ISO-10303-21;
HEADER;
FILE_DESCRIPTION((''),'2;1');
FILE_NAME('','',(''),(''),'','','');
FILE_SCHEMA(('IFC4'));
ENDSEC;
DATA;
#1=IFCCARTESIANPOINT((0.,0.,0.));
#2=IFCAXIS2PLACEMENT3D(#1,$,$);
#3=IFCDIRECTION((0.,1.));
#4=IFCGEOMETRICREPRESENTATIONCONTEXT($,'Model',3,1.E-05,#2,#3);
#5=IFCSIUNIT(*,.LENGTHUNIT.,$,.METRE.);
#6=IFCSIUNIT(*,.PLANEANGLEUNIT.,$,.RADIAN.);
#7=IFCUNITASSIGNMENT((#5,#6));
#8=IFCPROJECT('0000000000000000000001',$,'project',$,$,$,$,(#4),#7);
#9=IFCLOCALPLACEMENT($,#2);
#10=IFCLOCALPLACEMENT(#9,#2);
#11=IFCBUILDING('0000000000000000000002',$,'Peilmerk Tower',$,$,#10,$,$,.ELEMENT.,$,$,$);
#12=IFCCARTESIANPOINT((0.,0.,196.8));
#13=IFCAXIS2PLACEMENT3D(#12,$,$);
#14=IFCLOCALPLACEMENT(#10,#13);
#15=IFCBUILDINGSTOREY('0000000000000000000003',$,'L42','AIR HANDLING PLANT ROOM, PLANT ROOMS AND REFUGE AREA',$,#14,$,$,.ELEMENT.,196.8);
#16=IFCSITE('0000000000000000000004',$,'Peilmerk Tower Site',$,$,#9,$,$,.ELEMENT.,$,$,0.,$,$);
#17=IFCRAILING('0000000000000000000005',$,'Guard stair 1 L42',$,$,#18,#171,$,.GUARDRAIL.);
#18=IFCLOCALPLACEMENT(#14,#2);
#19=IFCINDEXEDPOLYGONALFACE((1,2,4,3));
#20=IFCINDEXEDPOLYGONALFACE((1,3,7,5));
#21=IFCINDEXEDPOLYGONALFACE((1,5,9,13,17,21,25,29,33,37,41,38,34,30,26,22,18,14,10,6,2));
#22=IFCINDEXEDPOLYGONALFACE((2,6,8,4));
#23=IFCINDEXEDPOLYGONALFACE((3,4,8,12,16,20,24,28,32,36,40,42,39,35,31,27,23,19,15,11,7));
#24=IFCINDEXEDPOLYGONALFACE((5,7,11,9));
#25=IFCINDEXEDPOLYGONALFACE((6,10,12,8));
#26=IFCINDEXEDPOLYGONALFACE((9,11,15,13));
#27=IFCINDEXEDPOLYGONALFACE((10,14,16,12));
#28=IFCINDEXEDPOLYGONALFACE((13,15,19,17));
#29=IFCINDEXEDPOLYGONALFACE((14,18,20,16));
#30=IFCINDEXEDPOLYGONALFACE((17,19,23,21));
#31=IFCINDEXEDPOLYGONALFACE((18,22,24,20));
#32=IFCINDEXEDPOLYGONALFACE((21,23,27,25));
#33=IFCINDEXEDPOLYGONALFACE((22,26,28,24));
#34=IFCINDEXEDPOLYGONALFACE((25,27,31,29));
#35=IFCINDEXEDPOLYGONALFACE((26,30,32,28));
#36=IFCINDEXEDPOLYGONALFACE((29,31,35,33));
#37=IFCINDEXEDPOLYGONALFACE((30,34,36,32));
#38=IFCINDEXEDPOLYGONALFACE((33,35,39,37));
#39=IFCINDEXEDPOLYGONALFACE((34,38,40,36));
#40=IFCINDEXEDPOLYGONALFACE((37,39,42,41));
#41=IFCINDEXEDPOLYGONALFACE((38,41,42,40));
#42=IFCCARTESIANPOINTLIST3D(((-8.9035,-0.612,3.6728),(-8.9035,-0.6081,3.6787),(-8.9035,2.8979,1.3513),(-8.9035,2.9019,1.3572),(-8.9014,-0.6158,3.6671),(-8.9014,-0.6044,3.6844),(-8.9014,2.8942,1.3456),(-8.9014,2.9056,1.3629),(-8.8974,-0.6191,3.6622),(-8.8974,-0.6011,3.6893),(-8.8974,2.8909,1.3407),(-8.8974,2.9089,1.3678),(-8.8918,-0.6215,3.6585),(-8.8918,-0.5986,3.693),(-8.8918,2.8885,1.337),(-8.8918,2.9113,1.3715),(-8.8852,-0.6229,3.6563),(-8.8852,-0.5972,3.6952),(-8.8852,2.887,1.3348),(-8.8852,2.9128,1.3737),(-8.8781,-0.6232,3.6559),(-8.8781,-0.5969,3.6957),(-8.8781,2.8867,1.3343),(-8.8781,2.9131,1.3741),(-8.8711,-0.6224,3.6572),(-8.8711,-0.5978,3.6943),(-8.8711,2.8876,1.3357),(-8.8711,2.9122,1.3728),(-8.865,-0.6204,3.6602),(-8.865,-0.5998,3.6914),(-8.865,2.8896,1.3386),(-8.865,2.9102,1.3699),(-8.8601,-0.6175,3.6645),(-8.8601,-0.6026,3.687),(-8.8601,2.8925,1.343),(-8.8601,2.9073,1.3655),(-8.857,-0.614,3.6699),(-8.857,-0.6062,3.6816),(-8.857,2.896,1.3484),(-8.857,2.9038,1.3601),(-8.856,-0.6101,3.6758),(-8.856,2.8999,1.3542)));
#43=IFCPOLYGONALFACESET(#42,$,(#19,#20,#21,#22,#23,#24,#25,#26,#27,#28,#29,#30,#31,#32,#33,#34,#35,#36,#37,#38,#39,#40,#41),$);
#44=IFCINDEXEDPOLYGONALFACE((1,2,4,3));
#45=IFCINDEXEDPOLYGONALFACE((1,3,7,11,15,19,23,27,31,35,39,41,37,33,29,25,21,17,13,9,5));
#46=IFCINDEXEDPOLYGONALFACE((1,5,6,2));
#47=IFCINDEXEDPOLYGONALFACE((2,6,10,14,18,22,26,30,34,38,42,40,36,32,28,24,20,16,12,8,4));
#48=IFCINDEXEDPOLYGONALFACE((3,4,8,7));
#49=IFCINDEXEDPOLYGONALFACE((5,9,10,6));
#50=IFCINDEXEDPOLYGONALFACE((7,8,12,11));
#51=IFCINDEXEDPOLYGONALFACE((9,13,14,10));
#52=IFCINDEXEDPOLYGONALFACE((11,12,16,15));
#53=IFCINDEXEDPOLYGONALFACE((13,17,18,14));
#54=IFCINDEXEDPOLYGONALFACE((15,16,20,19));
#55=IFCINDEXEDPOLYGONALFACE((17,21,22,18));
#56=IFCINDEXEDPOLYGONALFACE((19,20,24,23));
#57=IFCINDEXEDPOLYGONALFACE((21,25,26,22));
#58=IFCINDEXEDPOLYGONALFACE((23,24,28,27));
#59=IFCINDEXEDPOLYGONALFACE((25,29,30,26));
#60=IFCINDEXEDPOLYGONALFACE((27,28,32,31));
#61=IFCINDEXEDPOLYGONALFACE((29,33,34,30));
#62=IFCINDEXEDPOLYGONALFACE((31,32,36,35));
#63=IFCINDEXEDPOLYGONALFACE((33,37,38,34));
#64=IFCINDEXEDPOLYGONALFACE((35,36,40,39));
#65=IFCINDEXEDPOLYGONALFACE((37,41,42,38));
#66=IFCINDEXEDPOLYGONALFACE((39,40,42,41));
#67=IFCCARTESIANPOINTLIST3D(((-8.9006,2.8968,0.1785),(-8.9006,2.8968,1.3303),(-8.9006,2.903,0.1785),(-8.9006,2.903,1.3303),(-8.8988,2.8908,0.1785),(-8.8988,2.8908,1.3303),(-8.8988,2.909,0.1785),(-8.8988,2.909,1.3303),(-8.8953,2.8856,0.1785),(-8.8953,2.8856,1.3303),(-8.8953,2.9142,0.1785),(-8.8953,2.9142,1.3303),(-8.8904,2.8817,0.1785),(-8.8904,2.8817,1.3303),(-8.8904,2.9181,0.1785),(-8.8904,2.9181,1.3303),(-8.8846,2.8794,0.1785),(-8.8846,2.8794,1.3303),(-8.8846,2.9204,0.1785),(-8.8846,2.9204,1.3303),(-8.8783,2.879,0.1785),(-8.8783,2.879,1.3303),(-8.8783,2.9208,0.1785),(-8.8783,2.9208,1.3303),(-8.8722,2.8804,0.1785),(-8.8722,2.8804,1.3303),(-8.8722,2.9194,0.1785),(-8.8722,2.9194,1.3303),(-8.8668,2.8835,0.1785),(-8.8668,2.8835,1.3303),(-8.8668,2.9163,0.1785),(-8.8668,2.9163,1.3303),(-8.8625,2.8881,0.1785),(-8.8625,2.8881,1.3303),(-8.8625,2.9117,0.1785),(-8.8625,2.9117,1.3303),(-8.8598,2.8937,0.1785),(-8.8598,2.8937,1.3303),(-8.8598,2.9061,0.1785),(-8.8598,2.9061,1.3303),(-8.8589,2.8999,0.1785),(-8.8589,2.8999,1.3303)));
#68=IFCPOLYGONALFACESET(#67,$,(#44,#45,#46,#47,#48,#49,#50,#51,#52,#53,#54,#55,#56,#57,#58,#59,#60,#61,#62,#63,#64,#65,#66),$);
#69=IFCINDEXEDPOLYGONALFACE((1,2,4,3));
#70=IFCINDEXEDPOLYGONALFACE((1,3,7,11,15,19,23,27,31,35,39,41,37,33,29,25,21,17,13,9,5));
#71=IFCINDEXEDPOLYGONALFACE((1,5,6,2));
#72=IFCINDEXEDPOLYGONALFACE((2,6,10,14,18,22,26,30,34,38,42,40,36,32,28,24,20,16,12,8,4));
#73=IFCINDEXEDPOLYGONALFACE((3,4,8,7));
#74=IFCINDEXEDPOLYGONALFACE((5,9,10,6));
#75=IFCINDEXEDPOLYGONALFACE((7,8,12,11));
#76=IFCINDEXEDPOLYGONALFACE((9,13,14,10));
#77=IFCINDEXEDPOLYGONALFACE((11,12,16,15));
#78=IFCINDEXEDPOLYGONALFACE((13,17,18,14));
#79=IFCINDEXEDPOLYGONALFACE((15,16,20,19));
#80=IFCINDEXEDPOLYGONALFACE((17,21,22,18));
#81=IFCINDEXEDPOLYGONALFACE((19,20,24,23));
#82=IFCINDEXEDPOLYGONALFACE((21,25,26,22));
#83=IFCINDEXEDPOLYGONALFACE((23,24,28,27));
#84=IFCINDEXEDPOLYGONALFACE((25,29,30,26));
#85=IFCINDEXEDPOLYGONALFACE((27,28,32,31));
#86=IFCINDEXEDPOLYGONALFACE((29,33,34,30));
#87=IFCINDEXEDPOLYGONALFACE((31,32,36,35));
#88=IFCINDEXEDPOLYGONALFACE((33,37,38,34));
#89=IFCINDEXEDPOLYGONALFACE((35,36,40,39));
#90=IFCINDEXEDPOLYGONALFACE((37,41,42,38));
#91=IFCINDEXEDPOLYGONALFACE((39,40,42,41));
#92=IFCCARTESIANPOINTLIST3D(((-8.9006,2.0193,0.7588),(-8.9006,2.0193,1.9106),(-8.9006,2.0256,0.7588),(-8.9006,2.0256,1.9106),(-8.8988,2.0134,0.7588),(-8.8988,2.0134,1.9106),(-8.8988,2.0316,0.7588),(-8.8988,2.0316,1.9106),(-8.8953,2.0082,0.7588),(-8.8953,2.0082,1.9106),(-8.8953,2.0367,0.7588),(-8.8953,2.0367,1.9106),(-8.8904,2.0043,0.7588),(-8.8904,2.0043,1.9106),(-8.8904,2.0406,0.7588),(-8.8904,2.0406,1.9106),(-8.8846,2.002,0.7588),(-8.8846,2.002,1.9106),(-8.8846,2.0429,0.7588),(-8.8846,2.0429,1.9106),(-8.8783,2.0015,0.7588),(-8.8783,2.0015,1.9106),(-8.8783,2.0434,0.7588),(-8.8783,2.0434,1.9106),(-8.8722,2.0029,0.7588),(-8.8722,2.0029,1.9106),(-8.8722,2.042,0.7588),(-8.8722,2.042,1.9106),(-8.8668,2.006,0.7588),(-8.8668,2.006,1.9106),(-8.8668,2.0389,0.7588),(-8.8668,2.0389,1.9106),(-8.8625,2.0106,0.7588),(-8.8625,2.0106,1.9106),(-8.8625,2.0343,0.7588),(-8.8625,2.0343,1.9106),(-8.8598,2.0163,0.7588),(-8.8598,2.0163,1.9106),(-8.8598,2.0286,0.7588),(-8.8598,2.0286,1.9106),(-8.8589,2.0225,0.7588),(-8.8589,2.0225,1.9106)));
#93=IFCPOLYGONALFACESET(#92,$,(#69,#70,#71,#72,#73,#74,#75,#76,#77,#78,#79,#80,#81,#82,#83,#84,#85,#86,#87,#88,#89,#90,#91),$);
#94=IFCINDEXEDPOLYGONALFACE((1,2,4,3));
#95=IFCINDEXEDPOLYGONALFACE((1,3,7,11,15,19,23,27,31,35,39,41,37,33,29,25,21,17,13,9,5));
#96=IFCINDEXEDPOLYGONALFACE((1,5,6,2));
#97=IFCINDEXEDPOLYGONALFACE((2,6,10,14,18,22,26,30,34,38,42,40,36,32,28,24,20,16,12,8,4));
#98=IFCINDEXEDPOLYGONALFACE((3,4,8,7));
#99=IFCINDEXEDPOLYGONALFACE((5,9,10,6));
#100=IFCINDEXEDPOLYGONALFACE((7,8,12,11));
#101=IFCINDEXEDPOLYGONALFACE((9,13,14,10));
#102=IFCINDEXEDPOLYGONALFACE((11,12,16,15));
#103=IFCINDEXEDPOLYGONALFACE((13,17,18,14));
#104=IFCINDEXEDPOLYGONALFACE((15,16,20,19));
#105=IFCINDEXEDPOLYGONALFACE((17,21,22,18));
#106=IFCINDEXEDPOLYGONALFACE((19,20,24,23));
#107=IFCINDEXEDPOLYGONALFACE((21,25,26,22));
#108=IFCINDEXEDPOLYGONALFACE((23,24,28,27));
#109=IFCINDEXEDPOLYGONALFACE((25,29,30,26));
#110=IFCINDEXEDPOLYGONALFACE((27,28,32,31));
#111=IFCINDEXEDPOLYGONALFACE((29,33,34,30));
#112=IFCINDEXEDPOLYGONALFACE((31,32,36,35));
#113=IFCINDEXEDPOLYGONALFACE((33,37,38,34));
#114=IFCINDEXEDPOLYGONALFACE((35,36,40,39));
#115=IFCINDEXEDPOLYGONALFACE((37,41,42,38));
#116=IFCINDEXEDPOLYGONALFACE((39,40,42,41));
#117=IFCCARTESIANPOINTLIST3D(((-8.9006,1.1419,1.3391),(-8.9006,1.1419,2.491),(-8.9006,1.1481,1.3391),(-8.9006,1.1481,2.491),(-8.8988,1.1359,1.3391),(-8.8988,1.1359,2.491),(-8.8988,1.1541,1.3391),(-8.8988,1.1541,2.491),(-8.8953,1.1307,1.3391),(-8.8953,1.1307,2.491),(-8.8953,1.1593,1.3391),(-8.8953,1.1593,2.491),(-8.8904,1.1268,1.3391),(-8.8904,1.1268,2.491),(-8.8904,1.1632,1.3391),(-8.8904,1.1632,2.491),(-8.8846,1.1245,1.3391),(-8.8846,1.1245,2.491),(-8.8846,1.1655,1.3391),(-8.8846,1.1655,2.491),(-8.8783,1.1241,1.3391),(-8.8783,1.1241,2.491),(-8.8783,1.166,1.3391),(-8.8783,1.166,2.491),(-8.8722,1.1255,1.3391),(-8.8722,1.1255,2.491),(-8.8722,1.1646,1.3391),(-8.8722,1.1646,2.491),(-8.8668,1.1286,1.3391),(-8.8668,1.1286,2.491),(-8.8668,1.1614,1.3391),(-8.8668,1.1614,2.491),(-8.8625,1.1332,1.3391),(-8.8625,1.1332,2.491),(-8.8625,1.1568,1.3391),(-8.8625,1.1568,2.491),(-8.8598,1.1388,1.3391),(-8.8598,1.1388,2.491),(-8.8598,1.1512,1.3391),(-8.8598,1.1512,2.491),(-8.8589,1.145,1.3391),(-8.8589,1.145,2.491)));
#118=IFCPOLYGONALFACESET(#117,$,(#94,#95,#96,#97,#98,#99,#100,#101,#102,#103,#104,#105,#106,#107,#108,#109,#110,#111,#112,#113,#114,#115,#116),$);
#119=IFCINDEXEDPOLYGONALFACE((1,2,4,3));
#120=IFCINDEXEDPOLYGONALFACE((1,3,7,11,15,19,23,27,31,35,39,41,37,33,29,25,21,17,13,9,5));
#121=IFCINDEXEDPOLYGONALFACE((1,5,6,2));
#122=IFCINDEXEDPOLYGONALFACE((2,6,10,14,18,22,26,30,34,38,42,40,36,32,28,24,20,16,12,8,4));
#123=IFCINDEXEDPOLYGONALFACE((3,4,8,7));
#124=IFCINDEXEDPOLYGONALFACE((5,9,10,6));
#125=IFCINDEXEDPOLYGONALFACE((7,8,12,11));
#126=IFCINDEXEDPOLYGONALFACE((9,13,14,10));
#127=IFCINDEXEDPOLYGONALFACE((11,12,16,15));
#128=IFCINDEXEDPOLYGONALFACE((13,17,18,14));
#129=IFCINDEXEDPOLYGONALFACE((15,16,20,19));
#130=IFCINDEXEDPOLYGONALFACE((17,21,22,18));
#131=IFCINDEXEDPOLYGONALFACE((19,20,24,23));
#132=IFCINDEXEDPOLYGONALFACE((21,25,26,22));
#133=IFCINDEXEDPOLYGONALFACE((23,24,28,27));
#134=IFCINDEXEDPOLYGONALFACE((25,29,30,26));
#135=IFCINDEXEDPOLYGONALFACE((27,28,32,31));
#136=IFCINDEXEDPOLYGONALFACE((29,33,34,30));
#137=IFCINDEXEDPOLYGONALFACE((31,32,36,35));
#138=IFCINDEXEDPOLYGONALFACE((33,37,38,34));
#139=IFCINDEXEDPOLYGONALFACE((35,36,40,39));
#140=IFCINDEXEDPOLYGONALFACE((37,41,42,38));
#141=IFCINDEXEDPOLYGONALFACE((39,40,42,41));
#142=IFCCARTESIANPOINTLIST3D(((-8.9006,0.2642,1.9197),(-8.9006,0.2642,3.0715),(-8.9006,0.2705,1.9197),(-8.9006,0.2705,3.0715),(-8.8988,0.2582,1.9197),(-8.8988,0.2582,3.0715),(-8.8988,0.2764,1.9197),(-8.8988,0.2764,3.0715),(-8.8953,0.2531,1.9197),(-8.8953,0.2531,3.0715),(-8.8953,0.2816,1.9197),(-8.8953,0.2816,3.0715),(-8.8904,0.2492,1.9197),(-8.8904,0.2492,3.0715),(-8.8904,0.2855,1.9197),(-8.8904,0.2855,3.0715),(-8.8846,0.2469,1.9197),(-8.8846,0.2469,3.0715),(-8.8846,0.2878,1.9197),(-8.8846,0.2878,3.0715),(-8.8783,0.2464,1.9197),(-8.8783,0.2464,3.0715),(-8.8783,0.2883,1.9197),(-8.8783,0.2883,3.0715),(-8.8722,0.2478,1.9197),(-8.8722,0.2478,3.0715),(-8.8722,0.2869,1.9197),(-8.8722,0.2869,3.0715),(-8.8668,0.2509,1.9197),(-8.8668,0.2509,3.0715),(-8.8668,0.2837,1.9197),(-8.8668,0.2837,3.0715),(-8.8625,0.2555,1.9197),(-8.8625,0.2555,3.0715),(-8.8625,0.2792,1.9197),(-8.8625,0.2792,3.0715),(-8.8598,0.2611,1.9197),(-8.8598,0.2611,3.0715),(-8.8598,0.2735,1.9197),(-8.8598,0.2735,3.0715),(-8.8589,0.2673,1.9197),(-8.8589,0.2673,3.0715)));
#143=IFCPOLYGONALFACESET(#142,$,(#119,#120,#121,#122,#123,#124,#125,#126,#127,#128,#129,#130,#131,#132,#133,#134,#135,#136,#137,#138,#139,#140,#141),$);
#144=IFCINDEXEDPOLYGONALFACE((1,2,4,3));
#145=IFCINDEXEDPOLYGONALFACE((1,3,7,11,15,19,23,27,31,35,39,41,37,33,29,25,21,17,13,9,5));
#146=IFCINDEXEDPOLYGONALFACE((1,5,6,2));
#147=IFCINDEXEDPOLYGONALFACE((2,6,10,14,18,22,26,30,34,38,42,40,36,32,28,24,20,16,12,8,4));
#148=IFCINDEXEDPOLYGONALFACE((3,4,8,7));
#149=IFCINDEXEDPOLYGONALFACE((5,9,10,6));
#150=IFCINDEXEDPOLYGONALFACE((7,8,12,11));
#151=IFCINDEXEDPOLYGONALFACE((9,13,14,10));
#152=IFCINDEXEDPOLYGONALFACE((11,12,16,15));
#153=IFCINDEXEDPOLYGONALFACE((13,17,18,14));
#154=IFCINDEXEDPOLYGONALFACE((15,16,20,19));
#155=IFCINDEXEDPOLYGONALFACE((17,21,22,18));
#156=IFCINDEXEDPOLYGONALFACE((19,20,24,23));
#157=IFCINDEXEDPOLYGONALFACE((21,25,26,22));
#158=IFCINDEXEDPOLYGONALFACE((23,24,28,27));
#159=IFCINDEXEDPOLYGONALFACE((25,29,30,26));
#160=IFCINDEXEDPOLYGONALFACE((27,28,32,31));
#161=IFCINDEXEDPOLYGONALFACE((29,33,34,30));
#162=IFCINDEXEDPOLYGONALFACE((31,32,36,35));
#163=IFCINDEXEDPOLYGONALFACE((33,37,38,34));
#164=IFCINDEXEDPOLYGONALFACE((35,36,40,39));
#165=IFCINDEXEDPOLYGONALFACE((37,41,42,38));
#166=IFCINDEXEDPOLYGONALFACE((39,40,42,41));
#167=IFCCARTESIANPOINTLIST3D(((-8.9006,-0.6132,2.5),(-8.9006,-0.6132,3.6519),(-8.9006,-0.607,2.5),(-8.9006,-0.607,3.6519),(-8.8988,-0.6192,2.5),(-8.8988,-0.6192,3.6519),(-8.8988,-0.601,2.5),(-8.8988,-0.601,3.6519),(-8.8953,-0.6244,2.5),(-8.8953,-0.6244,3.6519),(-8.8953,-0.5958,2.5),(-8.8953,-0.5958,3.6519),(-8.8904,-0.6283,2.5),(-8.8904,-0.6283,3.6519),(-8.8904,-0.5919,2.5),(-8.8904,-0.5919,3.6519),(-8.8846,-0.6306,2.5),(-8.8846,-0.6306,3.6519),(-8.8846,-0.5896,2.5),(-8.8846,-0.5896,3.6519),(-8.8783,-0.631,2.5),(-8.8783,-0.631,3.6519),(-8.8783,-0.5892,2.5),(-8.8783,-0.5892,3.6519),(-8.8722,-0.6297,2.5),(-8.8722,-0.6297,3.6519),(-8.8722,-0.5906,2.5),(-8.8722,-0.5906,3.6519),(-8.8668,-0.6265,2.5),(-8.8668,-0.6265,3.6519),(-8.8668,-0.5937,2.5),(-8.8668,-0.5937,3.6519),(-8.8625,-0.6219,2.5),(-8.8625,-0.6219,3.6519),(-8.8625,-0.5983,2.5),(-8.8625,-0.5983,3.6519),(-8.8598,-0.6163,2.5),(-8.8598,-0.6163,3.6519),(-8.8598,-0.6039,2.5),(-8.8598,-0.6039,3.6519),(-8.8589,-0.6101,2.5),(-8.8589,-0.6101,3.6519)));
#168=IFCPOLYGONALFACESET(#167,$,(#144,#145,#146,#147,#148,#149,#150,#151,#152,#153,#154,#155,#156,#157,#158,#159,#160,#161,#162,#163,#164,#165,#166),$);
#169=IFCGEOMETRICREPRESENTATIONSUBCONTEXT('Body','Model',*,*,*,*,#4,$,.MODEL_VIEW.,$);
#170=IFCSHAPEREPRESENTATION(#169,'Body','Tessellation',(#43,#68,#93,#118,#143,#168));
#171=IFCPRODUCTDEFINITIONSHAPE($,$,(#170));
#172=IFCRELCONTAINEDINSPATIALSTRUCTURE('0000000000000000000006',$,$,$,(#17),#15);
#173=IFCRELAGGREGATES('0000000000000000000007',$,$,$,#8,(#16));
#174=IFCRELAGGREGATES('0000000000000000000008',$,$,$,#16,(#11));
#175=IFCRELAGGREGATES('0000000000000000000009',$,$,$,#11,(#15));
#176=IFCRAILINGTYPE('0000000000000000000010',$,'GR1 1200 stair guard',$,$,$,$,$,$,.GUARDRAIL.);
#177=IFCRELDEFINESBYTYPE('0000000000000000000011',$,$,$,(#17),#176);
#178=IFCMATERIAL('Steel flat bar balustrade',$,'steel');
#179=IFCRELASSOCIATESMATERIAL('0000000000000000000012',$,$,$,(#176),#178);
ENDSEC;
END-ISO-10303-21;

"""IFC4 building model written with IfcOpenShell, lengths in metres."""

from ifc_helpers import new_model, si_unit, direction, frame, origin, origin_2d, place, context, subcontext, project, spatial, circle, extrude, material, type_object, element, save


model = new_model("IFC4")

# Units and contexts
model_context = context("Model", 3, precision=1e-05, world=origin(), true_north=direction((0.0, 1.0)))
body_context = subcontext(model_context, "Body", "Model", "MODEL_VIEW")
ifc_project = project(units=[si_unit("LENGTHUNIT", "METRE"), si_unit("PLANEANGLEUNIT", "RADIAN")], contexts=[model_context])

# Site, building, storey
site_placement = place(None, origin())
site = spatial("IfcSite", under=ifc_project, at=site_placement, Name="Peilmerk Tower Site", CompositionType="ELEMENT", RefElevation=0.0)
building_placement = place(site_placement, origin())
building = spatial("IfcBuilding", under=site, at=building_placement, Name="Peilmerk Tower", CompositionType="ELEMENT")
storey_placement = place(building_placement, frame((0.0, 0.0, 196.8)))
storey = spatial("IfcBuildingStorey", under=building, at=storey_placement, Name="L42", Description="AIR HANDLING PLANT ROOM, PLANT ROOMS AND REFUGE AREA", CompositionType="ELEMENT", Elevation=196.8)

# Railing
ifc_material_1 = material(Name="Steel flat bar balustrade", Category="steel")
railing_type_1 = type_object("IfcRailingType", Name="GR1 1200 stair guard", PredefinedType="GUARDRAIL", material=ifc_material_1)
railing_1_placement = place(storey_placement, frame((-8.8799, 2.8999, 0.1785)))
element("IfcRailing", 1, at=railing_1_placement, inside=storey, type_object=railing_type_1, Name="Guard stair 1 L42", PredefinedType="GUARDRAIL", context=body_context, shape_type="SweptSolid", body=[
    extrude(circle(Radius=0.0239, at=origin_2d()), frame((0.0, 0.0, 1.1758), z_axis=(0.0, -0.834071, 0.551657), x_axis=(1.0, 0.0, 0.0)), (0.0, 0.0, 1.0), 4.2083),
    extrude(circle(Radius=0.021, at=origin_2d()), origin(), (0.0, 0.0, 1.0), 1.1519),
    extrude(circle(Radius=0.021, at=origin_2d()), frame((0.0, -0.8774, 0.5803)), (0.0, 0.0, 1.0), 1.1519),
    extrude(circle(Radius=0.021, at=origin_2d()), frame((0.0, -1.7549, 1.1606)), (0.0, 0.0, 1.0), 1.1519),
    extrude(circle(Radius=0.021, at=origin_2d()), frame((0.0, -2.6326, 1.7412)), (0.0, 0.0, 1.0), 1.1519),
    extrude(circle(Radius=0.021, at=origin_2d()), frame((0.0, -3.51, 2.3215)), (0.0, 0.0, 1.0), 1.1519),
])

save(model, "model.ifc")
